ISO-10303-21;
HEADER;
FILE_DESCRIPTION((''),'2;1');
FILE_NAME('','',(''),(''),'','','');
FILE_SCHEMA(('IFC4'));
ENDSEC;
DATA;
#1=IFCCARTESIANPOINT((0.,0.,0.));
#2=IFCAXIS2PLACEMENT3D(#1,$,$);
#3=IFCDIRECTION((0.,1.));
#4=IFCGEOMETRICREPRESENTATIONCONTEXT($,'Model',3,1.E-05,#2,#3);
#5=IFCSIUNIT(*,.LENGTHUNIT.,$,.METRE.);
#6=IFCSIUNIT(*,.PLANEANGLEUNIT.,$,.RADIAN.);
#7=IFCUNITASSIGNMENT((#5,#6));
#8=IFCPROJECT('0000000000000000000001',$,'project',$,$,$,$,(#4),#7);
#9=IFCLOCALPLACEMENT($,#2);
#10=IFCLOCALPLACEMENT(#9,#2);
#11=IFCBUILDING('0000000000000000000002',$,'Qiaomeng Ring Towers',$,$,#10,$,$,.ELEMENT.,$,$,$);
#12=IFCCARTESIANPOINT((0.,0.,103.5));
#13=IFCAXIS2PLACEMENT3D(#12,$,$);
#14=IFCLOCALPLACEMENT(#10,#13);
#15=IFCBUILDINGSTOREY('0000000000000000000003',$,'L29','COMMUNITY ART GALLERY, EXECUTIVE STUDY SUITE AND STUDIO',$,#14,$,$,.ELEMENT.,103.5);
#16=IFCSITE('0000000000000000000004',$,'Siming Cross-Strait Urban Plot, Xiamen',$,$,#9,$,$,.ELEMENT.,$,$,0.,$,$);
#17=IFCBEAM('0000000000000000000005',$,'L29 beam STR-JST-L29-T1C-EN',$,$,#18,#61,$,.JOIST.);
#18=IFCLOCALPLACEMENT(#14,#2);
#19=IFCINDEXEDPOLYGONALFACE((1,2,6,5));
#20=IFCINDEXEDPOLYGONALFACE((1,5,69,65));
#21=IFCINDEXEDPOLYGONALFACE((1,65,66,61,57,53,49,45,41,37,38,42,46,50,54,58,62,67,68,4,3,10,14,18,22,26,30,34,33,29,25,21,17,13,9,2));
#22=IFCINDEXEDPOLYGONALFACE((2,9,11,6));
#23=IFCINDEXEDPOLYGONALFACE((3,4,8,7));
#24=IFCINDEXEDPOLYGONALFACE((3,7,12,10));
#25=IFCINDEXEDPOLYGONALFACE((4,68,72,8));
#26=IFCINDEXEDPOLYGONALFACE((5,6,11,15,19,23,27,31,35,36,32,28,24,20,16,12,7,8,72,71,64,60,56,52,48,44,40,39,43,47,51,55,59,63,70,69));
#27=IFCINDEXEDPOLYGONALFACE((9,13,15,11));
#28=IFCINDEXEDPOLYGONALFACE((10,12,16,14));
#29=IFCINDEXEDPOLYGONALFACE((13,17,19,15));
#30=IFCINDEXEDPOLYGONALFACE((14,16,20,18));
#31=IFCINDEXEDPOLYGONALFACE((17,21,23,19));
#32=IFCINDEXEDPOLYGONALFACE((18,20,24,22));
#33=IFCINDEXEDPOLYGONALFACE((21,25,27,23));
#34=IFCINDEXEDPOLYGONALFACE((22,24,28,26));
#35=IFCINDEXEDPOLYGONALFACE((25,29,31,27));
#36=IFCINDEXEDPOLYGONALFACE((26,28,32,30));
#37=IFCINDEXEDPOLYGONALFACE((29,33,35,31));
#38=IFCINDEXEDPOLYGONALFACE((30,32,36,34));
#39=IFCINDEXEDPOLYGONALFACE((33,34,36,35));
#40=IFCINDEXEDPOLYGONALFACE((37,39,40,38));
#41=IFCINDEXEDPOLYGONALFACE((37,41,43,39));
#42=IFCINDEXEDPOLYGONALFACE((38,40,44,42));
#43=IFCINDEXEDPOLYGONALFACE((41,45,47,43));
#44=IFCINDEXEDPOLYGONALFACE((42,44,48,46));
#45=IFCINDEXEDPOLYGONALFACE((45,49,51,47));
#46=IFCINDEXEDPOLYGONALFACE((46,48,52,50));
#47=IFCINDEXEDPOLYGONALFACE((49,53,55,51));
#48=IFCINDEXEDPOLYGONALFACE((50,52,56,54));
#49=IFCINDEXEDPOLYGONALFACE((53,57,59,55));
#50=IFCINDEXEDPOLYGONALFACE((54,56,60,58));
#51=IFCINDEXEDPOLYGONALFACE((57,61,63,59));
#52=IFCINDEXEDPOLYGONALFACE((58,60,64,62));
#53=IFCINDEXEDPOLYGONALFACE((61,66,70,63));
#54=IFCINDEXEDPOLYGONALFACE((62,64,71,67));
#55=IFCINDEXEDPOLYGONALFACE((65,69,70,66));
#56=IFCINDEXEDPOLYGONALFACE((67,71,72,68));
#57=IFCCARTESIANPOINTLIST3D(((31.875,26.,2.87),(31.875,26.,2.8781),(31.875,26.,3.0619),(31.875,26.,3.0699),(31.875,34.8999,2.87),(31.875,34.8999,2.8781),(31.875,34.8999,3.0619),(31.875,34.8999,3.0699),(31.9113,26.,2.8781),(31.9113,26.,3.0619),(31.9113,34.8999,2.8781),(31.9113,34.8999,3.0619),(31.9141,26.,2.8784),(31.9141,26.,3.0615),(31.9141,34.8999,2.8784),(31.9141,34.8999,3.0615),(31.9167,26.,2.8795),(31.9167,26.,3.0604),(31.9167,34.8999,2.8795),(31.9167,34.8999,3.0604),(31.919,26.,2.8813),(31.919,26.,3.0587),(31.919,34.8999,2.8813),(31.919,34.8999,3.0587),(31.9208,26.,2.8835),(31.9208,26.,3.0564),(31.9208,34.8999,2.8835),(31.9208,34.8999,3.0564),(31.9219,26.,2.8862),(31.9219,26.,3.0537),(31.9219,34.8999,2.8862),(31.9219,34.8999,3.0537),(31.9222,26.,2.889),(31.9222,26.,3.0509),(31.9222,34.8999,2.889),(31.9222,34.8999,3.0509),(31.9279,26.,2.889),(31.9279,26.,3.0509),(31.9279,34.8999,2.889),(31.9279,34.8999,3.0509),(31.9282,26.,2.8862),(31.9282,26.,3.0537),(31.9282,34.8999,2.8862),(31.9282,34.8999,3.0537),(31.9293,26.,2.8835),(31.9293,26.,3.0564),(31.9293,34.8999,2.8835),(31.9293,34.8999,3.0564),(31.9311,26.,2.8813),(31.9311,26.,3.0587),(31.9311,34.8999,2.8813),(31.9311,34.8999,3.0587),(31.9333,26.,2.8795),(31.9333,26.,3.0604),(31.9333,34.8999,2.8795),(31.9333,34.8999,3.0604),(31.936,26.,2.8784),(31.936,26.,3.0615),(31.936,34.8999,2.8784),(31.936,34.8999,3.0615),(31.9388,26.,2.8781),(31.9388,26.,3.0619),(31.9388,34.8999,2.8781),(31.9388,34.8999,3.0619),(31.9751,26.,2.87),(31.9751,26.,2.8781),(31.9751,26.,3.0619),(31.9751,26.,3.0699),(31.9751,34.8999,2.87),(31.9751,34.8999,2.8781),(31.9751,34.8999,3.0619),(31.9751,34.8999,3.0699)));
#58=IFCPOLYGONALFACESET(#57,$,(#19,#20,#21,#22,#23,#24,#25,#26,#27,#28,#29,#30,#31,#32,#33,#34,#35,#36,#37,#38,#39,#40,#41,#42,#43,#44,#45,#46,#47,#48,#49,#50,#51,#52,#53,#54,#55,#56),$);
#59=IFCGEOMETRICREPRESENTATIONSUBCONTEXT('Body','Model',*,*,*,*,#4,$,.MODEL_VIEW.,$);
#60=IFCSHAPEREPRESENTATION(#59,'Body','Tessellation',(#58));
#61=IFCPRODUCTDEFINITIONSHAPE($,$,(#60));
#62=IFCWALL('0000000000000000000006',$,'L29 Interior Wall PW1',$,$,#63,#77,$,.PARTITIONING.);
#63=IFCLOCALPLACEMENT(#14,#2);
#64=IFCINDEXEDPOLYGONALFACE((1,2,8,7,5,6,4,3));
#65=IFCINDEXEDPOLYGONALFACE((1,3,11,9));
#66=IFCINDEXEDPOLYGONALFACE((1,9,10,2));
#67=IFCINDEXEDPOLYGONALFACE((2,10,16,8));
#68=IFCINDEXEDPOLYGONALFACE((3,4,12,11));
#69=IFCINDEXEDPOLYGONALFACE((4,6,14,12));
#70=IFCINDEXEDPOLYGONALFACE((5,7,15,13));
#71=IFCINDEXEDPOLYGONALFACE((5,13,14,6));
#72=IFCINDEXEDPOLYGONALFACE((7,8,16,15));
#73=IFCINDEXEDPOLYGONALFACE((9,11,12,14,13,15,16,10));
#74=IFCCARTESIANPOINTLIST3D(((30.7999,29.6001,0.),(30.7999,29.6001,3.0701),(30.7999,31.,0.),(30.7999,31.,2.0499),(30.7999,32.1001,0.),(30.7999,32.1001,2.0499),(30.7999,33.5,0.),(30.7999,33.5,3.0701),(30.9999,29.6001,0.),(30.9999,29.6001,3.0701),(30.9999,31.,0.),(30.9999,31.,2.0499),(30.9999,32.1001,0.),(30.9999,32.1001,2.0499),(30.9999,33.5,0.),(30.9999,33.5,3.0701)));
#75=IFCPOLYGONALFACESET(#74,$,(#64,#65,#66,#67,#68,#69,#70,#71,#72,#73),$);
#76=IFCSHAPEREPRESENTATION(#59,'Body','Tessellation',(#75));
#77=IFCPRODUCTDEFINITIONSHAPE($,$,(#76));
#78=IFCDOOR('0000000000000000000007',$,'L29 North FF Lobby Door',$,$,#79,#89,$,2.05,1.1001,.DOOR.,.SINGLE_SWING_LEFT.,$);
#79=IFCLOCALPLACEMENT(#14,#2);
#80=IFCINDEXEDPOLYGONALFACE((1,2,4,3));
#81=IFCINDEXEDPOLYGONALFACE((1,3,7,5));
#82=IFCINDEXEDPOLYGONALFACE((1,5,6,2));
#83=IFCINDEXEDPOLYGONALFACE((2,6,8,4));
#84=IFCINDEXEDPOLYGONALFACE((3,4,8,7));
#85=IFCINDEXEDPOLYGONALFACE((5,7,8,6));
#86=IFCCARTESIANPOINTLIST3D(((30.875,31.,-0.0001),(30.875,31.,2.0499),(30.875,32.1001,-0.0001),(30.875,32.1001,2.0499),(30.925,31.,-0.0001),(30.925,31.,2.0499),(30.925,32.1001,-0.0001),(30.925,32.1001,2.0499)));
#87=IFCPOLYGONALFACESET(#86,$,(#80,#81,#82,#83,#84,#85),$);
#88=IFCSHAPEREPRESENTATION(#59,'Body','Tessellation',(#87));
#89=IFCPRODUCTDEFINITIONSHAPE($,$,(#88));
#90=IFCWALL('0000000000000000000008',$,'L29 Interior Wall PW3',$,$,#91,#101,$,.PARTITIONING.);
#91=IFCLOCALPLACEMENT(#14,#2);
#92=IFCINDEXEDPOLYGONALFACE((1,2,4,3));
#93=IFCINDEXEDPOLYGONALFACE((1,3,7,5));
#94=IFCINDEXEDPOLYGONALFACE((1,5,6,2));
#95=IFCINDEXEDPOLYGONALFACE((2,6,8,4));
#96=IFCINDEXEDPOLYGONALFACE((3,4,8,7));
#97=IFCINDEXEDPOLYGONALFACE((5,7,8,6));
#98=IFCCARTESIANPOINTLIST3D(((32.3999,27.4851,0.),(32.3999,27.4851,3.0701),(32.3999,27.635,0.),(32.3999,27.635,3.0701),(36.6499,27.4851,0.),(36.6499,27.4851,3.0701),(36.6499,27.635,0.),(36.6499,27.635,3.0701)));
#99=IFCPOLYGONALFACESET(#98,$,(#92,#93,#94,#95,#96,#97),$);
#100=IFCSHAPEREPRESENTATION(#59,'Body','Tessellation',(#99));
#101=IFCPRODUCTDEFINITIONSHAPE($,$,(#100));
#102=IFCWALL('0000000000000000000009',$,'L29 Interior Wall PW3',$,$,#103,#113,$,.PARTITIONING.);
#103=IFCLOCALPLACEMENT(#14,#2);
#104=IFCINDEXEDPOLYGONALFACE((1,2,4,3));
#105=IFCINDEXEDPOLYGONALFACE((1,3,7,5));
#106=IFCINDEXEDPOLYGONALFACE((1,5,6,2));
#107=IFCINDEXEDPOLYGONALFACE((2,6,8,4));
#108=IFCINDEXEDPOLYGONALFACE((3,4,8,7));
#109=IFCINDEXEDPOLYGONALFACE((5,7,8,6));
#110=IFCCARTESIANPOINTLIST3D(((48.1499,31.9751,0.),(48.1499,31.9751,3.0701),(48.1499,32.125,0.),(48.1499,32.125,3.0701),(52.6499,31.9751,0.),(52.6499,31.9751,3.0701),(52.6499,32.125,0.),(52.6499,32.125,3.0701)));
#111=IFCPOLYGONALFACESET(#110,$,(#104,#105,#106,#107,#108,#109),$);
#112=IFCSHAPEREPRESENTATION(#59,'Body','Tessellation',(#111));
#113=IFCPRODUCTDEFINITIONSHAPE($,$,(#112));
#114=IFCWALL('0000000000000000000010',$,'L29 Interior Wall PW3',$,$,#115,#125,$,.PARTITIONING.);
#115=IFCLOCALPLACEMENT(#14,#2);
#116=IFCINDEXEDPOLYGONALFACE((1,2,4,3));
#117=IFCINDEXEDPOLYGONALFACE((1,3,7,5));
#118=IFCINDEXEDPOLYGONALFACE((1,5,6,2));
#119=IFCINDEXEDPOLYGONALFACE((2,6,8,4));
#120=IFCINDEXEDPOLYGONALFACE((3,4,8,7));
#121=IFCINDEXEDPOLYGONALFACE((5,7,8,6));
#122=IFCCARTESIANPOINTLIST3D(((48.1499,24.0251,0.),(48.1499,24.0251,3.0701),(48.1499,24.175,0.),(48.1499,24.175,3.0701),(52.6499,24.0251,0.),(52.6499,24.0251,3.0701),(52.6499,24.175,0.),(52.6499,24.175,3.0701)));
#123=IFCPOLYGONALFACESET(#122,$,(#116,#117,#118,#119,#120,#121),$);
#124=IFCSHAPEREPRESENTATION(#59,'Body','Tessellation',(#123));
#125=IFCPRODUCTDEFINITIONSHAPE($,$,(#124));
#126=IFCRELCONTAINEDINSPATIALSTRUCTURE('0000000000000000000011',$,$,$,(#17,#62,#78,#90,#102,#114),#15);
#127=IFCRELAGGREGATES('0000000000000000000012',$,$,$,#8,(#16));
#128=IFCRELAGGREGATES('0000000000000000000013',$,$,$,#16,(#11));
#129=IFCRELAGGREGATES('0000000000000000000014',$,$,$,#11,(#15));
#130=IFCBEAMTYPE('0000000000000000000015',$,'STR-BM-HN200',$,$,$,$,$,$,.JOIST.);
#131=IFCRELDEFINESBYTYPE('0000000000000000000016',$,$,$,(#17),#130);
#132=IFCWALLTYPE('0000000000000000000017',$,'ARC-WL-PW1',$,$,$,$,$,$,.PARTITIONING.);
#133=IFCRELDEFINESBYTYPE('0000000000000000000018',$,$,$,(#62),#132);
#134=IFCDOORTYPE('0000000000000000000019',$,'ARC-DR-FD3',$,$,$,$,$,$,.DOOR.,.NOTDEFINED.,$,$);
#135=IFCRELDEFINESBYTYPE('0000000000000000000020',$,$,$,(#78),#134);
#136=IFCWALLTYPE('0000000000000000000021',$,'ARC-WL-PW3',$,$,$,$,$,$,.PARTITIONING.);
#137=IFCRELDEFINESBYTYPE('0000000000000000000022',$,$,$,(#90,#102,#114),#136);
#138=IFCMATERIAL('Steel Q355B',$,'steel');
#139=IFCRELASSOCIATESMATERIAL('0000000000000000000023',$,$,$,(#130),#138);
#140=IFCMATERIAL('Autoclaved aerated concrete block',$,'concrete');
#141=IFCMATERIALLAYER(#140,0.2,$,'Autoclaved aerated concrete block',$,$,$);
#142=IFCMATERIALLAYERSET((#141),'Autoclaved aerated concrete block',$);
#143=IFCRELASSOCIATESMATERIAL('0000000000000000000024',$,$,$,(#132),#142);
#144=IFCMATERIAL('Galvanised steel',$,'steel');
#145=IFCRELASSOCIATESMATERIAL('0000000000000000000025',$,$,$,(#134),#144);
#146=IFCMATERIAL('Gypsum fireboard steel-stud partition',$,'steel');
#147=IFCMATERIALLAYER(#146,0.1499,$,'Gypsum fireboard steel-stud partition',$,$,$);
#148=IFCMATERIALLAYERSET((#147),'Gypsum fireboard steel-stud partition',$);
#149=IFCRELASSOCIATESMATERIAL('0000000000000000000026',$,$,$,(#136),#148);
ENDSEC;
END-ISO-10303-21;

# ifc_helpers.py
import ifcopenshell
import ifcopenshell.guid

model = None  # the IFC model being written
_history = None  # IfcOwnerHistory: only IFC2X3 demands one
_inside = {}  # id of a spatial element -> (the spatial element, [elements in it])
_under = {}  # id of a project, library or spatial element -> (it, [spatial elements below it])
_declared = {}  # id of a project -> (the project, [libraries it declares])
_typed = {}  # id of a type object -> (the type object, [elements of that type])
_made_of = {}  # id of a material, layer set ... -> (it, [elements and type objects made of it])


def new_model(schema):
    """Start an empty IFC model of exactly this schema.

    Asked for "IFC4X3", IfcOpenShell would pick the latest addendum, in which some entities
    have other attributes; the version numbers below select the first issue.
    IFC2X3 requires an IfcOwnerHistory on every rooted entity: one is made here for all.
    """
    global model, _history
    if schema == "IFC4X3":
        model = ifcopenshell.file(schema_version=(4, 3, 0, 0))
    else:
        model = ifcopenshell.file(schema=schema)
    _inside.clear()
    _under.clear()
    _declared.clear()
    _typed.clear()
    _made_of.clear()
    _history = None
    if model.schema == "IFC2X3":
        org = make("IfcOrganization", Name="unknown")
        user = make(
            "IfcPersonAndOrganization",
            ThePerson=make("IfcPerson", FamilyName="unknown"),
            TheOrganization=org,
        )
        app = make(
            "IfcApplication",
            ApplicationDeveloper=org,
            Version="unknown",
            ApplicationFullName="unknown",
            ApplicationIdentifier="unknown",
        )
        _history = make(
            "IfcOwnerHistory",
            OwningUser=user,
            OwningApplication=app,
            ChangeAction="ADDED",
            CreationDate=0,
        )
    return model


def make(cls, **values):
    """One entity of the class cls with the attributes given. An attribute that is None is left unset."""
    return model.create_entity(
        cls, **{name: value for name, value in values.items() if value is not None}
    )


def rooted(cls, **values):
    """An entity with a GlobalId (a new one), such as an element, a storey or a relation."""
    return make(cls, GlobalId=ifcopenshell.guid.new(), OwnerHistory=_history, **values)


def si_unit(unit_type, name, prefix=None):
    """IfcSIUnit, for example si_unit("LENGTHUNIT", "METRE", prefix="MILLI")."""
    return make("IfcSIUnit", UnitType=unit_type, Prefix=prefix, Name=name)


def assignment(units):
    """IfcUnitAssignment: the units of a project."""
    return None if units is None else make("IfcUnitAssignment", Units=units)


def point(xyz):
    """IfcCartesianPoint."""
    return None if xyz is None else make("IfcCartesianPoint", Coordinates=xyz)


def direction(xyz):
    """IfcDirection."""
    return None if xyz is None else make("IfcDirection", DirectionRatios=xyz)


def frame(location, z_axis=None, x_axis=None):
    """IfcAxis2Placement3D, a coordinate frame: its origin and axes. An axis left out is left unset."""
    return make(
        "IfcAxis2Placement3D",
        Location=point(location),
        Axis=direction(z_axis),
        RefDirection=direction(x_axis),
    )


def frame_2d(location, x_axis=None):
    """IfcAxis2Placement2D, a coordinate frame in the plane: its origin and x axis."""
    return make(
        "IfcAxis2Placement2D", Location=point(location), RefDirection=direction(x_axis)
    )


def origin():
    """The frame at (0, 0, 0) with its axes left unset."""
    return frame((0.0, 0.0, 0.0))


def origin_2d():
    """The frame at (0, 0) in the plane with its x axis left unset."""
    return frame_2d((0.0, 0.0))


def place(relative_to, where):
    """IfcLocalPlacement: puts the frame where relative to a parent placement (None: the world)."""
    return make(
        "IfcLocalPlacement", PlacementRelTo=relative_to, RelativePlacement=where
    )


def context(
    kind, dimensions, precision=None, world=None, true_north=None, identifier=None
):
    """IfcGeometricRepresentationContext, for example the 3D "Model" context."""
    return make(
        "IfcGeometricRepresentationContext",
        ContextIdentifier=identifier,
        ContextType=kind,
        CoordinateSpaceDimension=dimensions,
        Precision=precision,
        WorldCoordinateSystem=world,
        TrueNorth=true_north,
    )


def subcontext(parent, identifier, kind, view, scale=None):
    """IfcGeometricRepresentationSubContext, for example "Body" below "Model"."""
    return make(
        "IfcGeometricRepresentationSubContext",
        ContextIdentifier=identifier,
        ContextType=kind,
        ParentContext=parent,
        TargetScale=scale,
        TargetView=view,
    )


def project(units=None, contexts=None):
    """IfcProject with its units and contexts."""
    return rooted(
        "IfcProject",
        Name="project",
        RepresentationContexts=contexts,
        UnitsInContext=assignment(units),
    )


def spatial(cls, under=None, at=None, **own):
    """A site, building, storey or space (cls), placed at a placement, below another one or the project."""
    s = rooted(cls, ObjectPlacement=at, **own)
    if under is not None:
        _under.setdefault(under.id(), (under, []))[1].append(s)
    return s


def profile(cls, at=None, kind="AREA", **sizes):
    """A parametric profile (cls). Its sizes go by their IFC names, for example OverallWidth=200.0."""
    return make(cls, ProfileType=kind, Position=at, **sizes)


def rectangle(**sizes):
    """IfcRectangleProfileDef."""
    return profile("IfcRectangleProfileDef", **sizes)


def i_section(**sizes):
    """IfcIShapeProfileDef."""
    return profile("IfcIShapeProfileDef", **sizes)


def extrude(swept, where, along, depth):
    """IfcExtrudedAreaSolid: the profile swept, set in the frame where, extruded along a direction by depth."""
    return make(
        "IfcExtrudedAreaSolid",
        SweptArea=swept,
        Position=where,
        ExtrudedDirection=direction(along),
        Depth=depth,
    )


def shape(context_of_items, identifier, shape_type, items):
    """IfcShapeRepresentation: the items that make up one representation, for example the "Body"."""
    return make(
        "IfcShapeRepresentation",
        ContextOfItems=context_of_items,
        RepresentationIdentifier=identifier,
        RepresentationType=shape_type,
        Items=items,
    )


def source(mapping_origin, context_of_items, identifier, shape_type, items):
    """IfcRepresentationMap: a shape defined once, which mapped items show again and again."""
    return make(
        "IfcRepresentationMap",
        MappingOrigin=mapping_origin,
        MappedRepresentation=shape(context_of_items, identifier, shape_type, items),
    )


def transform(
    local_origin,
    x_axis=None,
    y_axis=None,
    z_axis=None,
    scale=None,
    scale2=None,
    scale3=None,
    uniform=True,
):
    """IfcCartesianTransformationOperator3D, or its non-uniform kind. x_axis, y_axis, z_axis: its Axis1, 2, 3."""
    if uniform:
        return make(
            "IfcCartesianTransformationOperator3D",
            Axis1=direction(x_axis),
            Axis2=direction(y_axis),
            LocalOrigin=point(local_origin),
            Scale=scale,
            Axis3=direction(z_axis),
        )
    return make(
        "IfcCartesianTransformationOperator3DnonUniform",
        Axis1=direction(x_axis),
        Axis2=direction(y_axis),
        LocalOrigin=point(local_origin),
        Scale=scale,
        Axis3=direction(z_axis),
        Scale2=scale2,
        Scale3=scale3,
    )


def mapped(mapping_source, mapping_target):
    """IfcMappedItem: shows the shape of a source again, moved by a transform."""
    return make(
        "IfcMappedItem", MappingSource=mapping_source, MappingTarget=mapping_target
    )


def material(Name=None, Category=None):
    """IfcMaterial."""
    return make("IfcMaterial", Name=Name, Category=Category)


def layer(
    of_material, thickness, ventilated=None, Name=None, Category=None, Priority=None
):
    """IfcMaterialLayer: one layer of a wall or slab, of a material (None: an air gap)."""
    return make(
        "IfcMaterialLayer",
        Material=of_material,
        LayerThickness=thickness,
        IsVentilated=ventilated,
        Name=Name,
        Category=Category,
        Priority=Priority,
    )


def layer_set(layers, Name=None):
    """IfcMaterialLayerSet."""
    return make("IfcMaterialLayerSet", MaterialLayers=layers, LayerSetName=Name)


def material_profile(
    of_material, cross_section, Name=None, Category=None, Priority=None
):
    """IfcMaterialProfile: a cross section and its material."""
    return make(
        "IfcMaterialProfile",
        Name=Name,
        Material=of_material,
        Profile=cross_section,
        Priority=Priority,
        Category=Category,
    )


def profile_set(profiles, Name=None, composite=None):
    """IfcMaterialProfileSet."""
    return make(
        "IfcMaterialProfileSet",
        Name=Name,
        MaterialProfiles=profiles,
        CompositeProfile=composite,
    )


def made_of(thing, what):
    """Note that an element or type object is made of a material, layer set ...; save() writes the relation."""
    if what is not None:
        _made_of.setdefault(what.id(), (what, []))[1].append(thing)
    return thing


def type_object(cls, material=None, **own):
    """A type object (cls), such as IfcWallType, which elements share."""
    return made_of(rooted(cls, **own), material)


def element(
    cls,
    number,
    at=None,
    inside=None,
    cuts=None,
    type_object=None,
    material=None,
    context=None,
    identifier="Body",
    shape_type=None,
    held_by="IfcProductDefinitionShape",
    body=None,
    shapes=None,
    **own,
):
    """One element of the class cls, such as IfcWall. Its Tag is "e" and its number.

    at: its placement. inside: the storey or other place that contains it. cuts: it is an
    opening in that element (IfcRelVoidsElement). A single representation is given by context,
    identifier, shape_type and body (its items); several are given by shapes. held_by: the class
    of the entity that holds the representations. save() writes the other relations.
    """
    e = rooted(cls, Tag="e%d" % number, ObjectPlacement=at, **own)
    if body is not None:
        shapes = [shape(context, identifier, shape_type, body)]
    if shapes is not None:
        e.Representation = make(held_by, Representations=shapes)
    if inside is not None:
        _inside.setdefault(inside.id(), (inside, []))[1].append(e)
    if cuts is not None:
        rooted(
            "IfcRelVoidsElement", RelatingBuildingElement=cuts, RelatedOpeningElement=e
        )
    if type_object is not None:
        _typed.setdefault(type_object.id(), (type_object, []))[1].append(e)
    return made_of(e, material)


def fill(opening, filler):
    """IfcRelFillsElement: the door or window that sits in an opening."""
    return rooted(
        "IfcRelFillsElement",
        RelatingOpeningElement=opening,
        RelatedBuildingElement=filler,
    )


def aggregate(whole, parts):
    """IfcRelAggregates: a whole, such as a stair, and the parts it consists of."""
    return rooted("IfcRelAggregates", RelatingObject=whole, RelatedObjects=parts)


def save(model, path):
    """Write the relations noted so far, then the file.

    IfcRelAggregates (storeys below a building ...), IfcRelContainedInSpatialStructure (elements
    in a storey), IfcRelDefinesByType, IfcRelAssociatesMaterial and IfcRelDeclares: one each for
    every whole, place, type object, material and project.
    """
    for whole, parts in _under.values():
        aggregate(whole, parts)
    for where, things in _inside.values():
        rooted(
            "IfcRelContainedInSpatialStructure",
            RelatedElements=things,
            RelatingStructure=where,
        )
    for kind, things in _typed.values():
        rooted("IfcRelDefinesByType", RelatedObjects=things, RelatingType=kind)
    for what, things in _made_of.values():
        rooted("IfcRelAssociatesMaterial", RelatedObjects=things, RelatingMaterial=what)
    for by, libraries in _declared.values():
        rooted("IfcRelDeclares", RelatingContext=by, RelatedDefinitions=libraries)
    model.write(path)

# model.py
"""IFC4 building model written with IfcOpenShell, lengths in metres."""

from ifc_helpers import new_model, si_unit, direction, frame, frame_2d, origin, origin_2d, place, context, subcontext, project, spatial, rectangle, i_section, extrude, source, transform, mapped, material, layer, layer_set, material_profile, profile_set, type_object, element, fill, save


model = new_model("IFC4")

# Units and contexts
model_context = context("Model", 3, precision=1e-05, world=origin(), true_north=direction((0.0, 1.0)))
body_context = subcontext(model_context, "Body", "Model", "MODEL_VIEW")
ifc_project = project(units=[si_unit("LENGTHUNIT", "METRE"), si_unit("PLANEANGLEUNIT", "RADIAN")], contexts=[model_context])

# Site, building, storey
site_placement = place(None, origin())
site = spatial("IfcSite", under=ifc_project, at=site_placement, Name="Siming Cross-Strait Urban Plot, Xiamen", CompositionType="ELEMENT", RefElevation=0.0)
building_placement = place(site_placement, origin())
building = spatial("IfcBuilding", under=site, at=building_placement, Name="Qiaomeng Ring Towers", CompositionType="ELEMENT")
storey_placement = place(building_placement, frame((0.0, 0.0, 103.5)))
storey = spatial("IfcBuildingStorey", under=building, at=storey_placement, Name="L29", Description="COMMUNITY ART GALLERY, EXECUTIVE STUDY SUITE AND STUDIO", CompositionType="ELEMENT", Elevation=103.5)

# Beam
ifc_material_1 = material(Name="Steel Q355B", Category="steel")
ifc_material_profile_1 = material_profile(ifc_material_1, i_section(OverallWidth=0.1001, OverallDepth=0.2, WebThickness=0.0056, FlangeThickness=0.0081, FilletRadius=0.011, at=origin_2d()), Name="HN 200x100x5.5x8")
ifc_profile_set_1 = profile_set([ifc_material_profile_1], Name="Steel Q355B")
beam_type_1 = type_object("IfcBeamType", Name="STR-BM-HN200", PredefinedType="JOIST", material=ifc_profile_set_1)
shared_shape_1 = source(origin(), body_context, "Body", "SweptSolid", [
    extrude(i_section(OverallWidth=0.1001, OverallDepth=0.2, WebThickness=0.0056, FlangeThickness=0.0081, FilletRadius=0.011, at=origin_2d()), origin(), (0.0, 0.0, 1.0), 8.8999),
])
beam_1_placement = place(storey_placement, frame((31.925, 26.0, 2.97), z_axis=(0.0, 1.0, 0.0), x_axis=(-1.0, 0.0, 0.0)))
element("IfcBeam", 1, at=beam_1_placement, inside=storey, type_object=beam_type_1, Name="L29 beam STR-JST-L29-T1C-EN", PredefinedType="JOIST", context=body_context, shape_type="MappedRepresentation", body=[
    mapped(shared_shape_1, transform((0.0, 0.0, 0.0), x_axis=(1.0, 0.0, 0.0), y_axis=(0.0, 1.0, 0.0), z_axis=(0.0, 0.0, 1.0), scale=1.0)),
])

# Wall, opening, door
ifc_material_2 = material(Name="Autoclaved aerated concrete block", Category="concrete")
ifc_layer_1 = layer(ifc_material_2, 0.2, Name="Autoclaved aerated concrete block")
ifc_layer_set_1 = layer_set([ifc_layer_1], Name="Autoclaved aerated concrete block")
wall_type_1 = type_object("IfcWallType", Name="ARC-WL-PW1", PredefinedType="PARTITIONING", material=ifc_layer_set_1)
wall_1_placement = place(storey_placement, frame((30.8999, 29.6001, 0.0), z_axis=(0.0, 0.0, 1.0), x_axis=(0.0, 1.0, 0.0)))
wall_1 = element("IfcWall", 2, at=wall_1_placement, inside=storey, type_object=wall_type_1, Name="L29 Interior Wall PW1", PredefinedType="PARTITIONING", context=body_context, shape_type="SweptSolid", body=[
    extrude(rectangle(XDim=3.8999, YDim=0.2, at=frame_2d((1.95, 0.0))), origin(), (0.0, 0.0, 1.0), 3.0701),
])
opening_1_placement = place(wall_1_placement, frame((1.3999, 0.0, 0.0)))
opening_1 = element("IfcOpeningElement", 3, at=opening_1_placement, cuts=wall_1, PredefinedType="OPENING", context=body_context, shape_type="SweptSolid", body=[
    extrude(rectangle(XDim=1.1001, YDim=2.05, at=frame_2d((0.55, 1.0249))), frame((0.0, 0.1099, 0.0), z_axis=(0.0, -1.0, 0.0), x_axis=(1.0, 0.0, 0.0)), (0.0, 0.0, 1.0), 0.22),
])
ifc_material_3 = material(Name="Galvanised steel", Category="steel")
door_type_1 = type_object("IfcDoorType", Name="ARC-DR-FD3", OperationType="NOTDEFINED", PredefinedType="DOOR", material=ifc_material_3)
shared_shape_2 = source(origin(), body_context, "Body", "SweptSolid", [
    extrude(rectangle(XDim=1.1001, YDim=2.05, at=frame_2d((0.55, 1.0249))), frame((0.0, 0.0249, 0.0), z_axis=(0.0, -1.0, 0.0), x_axis=(1.0, 0.0, 0.0)), (0.0, 0.0, 1.0), 0.05),
])
door_1_placement = place(opening_1_placement, origin())
door_1 = element("IfcDoor", 4, at=door_1_placement, inside=storey, type_object=door_type_1, Name="L29 North FF Lobby Door", OperationType="SINGLE_SWING_LEFT", OverallHeight=2.05, OverallWidth=1.1001, PredefinedType="DOOR", context=body_context, shape_type="MappedRepresentation", body=[
    mapped(shared_shape_2, transform((0.0, 0.0, 0.0), x_axis=(1.0, 0.0, 0.0), y_axis=(0.0, 1.0, 0.0), z_axis=(0.0, 0.0, 1.0), scale=1.0)),
])
fill(opening_1, door_1)

# Walls
ifc_material_4 = material(Name="Gypsum fireboard steel-stud partition", Category="steel")
ifc_layer_2 = layer(ifc_material_4, 0.1499, Name="Gypsum fireboard steel-stud partition")
ifc_layer_set_2 = layer_set([ifc_layer_2], Name="Gypsum fireboard steel-stud partition")
wall_type_2 = type_object("IfcWallType", Name="ARC-WL-PW3", PredefinedType="PARTITIONING", material=ifc_layer_set_2)
wall_2_placement = place(storey_placement, frame((32.3999, 27.5601, 0.0), z_axis=(0.0, 0.0, 1.0), x_axis=(1.0, 0.0, 0.0)))
element("IfcWall", 5, at=wall_2_placement, inside=storey, type_object=wall_type_2, Name="L29 Interior Wall PW3", PredefinedType="PARTITIONING", context=body_context, shape_type="SweptSolid", body=[
    extrude(rectangle(XDim=4.25, YDim=0.1499, at=frame_2d((2.125, 0.0))), origin(), (0.0, 0.0, 1.0), 3.0701),
])
for number, where, z_axis, x_axis, name in (
    (6, (48.1499, 32.05, 0.0), (0.0, 0.0, 1.0), (1.0, 0.0, 0.0), "L29 Interior Wall PW3"),
    (7, (48.1499, 24.1001, 0.0), (0.0, 0.0, 1.0), (1.0, 0.0, 0.0), "L29 Interior Wall PW3"),
):
    element("IfcWall", number, at=place(storey_placement, frame(where, z_axis=z_axis, x_axis=x_axis)), inside=storey, type_object=wall_type_2, Name=name, PredefinedType="PARTITIONING", context=body_context, shape_type="SweptSolid", body=[
        extrude(rectangle(XDim=4.5, YDim=0.1499, at=frame_2d((2.25, 0.0))), origin(), (0.0, 0.0, 1.0), 3.0701),
    ])

save(model, "model.ifc")
